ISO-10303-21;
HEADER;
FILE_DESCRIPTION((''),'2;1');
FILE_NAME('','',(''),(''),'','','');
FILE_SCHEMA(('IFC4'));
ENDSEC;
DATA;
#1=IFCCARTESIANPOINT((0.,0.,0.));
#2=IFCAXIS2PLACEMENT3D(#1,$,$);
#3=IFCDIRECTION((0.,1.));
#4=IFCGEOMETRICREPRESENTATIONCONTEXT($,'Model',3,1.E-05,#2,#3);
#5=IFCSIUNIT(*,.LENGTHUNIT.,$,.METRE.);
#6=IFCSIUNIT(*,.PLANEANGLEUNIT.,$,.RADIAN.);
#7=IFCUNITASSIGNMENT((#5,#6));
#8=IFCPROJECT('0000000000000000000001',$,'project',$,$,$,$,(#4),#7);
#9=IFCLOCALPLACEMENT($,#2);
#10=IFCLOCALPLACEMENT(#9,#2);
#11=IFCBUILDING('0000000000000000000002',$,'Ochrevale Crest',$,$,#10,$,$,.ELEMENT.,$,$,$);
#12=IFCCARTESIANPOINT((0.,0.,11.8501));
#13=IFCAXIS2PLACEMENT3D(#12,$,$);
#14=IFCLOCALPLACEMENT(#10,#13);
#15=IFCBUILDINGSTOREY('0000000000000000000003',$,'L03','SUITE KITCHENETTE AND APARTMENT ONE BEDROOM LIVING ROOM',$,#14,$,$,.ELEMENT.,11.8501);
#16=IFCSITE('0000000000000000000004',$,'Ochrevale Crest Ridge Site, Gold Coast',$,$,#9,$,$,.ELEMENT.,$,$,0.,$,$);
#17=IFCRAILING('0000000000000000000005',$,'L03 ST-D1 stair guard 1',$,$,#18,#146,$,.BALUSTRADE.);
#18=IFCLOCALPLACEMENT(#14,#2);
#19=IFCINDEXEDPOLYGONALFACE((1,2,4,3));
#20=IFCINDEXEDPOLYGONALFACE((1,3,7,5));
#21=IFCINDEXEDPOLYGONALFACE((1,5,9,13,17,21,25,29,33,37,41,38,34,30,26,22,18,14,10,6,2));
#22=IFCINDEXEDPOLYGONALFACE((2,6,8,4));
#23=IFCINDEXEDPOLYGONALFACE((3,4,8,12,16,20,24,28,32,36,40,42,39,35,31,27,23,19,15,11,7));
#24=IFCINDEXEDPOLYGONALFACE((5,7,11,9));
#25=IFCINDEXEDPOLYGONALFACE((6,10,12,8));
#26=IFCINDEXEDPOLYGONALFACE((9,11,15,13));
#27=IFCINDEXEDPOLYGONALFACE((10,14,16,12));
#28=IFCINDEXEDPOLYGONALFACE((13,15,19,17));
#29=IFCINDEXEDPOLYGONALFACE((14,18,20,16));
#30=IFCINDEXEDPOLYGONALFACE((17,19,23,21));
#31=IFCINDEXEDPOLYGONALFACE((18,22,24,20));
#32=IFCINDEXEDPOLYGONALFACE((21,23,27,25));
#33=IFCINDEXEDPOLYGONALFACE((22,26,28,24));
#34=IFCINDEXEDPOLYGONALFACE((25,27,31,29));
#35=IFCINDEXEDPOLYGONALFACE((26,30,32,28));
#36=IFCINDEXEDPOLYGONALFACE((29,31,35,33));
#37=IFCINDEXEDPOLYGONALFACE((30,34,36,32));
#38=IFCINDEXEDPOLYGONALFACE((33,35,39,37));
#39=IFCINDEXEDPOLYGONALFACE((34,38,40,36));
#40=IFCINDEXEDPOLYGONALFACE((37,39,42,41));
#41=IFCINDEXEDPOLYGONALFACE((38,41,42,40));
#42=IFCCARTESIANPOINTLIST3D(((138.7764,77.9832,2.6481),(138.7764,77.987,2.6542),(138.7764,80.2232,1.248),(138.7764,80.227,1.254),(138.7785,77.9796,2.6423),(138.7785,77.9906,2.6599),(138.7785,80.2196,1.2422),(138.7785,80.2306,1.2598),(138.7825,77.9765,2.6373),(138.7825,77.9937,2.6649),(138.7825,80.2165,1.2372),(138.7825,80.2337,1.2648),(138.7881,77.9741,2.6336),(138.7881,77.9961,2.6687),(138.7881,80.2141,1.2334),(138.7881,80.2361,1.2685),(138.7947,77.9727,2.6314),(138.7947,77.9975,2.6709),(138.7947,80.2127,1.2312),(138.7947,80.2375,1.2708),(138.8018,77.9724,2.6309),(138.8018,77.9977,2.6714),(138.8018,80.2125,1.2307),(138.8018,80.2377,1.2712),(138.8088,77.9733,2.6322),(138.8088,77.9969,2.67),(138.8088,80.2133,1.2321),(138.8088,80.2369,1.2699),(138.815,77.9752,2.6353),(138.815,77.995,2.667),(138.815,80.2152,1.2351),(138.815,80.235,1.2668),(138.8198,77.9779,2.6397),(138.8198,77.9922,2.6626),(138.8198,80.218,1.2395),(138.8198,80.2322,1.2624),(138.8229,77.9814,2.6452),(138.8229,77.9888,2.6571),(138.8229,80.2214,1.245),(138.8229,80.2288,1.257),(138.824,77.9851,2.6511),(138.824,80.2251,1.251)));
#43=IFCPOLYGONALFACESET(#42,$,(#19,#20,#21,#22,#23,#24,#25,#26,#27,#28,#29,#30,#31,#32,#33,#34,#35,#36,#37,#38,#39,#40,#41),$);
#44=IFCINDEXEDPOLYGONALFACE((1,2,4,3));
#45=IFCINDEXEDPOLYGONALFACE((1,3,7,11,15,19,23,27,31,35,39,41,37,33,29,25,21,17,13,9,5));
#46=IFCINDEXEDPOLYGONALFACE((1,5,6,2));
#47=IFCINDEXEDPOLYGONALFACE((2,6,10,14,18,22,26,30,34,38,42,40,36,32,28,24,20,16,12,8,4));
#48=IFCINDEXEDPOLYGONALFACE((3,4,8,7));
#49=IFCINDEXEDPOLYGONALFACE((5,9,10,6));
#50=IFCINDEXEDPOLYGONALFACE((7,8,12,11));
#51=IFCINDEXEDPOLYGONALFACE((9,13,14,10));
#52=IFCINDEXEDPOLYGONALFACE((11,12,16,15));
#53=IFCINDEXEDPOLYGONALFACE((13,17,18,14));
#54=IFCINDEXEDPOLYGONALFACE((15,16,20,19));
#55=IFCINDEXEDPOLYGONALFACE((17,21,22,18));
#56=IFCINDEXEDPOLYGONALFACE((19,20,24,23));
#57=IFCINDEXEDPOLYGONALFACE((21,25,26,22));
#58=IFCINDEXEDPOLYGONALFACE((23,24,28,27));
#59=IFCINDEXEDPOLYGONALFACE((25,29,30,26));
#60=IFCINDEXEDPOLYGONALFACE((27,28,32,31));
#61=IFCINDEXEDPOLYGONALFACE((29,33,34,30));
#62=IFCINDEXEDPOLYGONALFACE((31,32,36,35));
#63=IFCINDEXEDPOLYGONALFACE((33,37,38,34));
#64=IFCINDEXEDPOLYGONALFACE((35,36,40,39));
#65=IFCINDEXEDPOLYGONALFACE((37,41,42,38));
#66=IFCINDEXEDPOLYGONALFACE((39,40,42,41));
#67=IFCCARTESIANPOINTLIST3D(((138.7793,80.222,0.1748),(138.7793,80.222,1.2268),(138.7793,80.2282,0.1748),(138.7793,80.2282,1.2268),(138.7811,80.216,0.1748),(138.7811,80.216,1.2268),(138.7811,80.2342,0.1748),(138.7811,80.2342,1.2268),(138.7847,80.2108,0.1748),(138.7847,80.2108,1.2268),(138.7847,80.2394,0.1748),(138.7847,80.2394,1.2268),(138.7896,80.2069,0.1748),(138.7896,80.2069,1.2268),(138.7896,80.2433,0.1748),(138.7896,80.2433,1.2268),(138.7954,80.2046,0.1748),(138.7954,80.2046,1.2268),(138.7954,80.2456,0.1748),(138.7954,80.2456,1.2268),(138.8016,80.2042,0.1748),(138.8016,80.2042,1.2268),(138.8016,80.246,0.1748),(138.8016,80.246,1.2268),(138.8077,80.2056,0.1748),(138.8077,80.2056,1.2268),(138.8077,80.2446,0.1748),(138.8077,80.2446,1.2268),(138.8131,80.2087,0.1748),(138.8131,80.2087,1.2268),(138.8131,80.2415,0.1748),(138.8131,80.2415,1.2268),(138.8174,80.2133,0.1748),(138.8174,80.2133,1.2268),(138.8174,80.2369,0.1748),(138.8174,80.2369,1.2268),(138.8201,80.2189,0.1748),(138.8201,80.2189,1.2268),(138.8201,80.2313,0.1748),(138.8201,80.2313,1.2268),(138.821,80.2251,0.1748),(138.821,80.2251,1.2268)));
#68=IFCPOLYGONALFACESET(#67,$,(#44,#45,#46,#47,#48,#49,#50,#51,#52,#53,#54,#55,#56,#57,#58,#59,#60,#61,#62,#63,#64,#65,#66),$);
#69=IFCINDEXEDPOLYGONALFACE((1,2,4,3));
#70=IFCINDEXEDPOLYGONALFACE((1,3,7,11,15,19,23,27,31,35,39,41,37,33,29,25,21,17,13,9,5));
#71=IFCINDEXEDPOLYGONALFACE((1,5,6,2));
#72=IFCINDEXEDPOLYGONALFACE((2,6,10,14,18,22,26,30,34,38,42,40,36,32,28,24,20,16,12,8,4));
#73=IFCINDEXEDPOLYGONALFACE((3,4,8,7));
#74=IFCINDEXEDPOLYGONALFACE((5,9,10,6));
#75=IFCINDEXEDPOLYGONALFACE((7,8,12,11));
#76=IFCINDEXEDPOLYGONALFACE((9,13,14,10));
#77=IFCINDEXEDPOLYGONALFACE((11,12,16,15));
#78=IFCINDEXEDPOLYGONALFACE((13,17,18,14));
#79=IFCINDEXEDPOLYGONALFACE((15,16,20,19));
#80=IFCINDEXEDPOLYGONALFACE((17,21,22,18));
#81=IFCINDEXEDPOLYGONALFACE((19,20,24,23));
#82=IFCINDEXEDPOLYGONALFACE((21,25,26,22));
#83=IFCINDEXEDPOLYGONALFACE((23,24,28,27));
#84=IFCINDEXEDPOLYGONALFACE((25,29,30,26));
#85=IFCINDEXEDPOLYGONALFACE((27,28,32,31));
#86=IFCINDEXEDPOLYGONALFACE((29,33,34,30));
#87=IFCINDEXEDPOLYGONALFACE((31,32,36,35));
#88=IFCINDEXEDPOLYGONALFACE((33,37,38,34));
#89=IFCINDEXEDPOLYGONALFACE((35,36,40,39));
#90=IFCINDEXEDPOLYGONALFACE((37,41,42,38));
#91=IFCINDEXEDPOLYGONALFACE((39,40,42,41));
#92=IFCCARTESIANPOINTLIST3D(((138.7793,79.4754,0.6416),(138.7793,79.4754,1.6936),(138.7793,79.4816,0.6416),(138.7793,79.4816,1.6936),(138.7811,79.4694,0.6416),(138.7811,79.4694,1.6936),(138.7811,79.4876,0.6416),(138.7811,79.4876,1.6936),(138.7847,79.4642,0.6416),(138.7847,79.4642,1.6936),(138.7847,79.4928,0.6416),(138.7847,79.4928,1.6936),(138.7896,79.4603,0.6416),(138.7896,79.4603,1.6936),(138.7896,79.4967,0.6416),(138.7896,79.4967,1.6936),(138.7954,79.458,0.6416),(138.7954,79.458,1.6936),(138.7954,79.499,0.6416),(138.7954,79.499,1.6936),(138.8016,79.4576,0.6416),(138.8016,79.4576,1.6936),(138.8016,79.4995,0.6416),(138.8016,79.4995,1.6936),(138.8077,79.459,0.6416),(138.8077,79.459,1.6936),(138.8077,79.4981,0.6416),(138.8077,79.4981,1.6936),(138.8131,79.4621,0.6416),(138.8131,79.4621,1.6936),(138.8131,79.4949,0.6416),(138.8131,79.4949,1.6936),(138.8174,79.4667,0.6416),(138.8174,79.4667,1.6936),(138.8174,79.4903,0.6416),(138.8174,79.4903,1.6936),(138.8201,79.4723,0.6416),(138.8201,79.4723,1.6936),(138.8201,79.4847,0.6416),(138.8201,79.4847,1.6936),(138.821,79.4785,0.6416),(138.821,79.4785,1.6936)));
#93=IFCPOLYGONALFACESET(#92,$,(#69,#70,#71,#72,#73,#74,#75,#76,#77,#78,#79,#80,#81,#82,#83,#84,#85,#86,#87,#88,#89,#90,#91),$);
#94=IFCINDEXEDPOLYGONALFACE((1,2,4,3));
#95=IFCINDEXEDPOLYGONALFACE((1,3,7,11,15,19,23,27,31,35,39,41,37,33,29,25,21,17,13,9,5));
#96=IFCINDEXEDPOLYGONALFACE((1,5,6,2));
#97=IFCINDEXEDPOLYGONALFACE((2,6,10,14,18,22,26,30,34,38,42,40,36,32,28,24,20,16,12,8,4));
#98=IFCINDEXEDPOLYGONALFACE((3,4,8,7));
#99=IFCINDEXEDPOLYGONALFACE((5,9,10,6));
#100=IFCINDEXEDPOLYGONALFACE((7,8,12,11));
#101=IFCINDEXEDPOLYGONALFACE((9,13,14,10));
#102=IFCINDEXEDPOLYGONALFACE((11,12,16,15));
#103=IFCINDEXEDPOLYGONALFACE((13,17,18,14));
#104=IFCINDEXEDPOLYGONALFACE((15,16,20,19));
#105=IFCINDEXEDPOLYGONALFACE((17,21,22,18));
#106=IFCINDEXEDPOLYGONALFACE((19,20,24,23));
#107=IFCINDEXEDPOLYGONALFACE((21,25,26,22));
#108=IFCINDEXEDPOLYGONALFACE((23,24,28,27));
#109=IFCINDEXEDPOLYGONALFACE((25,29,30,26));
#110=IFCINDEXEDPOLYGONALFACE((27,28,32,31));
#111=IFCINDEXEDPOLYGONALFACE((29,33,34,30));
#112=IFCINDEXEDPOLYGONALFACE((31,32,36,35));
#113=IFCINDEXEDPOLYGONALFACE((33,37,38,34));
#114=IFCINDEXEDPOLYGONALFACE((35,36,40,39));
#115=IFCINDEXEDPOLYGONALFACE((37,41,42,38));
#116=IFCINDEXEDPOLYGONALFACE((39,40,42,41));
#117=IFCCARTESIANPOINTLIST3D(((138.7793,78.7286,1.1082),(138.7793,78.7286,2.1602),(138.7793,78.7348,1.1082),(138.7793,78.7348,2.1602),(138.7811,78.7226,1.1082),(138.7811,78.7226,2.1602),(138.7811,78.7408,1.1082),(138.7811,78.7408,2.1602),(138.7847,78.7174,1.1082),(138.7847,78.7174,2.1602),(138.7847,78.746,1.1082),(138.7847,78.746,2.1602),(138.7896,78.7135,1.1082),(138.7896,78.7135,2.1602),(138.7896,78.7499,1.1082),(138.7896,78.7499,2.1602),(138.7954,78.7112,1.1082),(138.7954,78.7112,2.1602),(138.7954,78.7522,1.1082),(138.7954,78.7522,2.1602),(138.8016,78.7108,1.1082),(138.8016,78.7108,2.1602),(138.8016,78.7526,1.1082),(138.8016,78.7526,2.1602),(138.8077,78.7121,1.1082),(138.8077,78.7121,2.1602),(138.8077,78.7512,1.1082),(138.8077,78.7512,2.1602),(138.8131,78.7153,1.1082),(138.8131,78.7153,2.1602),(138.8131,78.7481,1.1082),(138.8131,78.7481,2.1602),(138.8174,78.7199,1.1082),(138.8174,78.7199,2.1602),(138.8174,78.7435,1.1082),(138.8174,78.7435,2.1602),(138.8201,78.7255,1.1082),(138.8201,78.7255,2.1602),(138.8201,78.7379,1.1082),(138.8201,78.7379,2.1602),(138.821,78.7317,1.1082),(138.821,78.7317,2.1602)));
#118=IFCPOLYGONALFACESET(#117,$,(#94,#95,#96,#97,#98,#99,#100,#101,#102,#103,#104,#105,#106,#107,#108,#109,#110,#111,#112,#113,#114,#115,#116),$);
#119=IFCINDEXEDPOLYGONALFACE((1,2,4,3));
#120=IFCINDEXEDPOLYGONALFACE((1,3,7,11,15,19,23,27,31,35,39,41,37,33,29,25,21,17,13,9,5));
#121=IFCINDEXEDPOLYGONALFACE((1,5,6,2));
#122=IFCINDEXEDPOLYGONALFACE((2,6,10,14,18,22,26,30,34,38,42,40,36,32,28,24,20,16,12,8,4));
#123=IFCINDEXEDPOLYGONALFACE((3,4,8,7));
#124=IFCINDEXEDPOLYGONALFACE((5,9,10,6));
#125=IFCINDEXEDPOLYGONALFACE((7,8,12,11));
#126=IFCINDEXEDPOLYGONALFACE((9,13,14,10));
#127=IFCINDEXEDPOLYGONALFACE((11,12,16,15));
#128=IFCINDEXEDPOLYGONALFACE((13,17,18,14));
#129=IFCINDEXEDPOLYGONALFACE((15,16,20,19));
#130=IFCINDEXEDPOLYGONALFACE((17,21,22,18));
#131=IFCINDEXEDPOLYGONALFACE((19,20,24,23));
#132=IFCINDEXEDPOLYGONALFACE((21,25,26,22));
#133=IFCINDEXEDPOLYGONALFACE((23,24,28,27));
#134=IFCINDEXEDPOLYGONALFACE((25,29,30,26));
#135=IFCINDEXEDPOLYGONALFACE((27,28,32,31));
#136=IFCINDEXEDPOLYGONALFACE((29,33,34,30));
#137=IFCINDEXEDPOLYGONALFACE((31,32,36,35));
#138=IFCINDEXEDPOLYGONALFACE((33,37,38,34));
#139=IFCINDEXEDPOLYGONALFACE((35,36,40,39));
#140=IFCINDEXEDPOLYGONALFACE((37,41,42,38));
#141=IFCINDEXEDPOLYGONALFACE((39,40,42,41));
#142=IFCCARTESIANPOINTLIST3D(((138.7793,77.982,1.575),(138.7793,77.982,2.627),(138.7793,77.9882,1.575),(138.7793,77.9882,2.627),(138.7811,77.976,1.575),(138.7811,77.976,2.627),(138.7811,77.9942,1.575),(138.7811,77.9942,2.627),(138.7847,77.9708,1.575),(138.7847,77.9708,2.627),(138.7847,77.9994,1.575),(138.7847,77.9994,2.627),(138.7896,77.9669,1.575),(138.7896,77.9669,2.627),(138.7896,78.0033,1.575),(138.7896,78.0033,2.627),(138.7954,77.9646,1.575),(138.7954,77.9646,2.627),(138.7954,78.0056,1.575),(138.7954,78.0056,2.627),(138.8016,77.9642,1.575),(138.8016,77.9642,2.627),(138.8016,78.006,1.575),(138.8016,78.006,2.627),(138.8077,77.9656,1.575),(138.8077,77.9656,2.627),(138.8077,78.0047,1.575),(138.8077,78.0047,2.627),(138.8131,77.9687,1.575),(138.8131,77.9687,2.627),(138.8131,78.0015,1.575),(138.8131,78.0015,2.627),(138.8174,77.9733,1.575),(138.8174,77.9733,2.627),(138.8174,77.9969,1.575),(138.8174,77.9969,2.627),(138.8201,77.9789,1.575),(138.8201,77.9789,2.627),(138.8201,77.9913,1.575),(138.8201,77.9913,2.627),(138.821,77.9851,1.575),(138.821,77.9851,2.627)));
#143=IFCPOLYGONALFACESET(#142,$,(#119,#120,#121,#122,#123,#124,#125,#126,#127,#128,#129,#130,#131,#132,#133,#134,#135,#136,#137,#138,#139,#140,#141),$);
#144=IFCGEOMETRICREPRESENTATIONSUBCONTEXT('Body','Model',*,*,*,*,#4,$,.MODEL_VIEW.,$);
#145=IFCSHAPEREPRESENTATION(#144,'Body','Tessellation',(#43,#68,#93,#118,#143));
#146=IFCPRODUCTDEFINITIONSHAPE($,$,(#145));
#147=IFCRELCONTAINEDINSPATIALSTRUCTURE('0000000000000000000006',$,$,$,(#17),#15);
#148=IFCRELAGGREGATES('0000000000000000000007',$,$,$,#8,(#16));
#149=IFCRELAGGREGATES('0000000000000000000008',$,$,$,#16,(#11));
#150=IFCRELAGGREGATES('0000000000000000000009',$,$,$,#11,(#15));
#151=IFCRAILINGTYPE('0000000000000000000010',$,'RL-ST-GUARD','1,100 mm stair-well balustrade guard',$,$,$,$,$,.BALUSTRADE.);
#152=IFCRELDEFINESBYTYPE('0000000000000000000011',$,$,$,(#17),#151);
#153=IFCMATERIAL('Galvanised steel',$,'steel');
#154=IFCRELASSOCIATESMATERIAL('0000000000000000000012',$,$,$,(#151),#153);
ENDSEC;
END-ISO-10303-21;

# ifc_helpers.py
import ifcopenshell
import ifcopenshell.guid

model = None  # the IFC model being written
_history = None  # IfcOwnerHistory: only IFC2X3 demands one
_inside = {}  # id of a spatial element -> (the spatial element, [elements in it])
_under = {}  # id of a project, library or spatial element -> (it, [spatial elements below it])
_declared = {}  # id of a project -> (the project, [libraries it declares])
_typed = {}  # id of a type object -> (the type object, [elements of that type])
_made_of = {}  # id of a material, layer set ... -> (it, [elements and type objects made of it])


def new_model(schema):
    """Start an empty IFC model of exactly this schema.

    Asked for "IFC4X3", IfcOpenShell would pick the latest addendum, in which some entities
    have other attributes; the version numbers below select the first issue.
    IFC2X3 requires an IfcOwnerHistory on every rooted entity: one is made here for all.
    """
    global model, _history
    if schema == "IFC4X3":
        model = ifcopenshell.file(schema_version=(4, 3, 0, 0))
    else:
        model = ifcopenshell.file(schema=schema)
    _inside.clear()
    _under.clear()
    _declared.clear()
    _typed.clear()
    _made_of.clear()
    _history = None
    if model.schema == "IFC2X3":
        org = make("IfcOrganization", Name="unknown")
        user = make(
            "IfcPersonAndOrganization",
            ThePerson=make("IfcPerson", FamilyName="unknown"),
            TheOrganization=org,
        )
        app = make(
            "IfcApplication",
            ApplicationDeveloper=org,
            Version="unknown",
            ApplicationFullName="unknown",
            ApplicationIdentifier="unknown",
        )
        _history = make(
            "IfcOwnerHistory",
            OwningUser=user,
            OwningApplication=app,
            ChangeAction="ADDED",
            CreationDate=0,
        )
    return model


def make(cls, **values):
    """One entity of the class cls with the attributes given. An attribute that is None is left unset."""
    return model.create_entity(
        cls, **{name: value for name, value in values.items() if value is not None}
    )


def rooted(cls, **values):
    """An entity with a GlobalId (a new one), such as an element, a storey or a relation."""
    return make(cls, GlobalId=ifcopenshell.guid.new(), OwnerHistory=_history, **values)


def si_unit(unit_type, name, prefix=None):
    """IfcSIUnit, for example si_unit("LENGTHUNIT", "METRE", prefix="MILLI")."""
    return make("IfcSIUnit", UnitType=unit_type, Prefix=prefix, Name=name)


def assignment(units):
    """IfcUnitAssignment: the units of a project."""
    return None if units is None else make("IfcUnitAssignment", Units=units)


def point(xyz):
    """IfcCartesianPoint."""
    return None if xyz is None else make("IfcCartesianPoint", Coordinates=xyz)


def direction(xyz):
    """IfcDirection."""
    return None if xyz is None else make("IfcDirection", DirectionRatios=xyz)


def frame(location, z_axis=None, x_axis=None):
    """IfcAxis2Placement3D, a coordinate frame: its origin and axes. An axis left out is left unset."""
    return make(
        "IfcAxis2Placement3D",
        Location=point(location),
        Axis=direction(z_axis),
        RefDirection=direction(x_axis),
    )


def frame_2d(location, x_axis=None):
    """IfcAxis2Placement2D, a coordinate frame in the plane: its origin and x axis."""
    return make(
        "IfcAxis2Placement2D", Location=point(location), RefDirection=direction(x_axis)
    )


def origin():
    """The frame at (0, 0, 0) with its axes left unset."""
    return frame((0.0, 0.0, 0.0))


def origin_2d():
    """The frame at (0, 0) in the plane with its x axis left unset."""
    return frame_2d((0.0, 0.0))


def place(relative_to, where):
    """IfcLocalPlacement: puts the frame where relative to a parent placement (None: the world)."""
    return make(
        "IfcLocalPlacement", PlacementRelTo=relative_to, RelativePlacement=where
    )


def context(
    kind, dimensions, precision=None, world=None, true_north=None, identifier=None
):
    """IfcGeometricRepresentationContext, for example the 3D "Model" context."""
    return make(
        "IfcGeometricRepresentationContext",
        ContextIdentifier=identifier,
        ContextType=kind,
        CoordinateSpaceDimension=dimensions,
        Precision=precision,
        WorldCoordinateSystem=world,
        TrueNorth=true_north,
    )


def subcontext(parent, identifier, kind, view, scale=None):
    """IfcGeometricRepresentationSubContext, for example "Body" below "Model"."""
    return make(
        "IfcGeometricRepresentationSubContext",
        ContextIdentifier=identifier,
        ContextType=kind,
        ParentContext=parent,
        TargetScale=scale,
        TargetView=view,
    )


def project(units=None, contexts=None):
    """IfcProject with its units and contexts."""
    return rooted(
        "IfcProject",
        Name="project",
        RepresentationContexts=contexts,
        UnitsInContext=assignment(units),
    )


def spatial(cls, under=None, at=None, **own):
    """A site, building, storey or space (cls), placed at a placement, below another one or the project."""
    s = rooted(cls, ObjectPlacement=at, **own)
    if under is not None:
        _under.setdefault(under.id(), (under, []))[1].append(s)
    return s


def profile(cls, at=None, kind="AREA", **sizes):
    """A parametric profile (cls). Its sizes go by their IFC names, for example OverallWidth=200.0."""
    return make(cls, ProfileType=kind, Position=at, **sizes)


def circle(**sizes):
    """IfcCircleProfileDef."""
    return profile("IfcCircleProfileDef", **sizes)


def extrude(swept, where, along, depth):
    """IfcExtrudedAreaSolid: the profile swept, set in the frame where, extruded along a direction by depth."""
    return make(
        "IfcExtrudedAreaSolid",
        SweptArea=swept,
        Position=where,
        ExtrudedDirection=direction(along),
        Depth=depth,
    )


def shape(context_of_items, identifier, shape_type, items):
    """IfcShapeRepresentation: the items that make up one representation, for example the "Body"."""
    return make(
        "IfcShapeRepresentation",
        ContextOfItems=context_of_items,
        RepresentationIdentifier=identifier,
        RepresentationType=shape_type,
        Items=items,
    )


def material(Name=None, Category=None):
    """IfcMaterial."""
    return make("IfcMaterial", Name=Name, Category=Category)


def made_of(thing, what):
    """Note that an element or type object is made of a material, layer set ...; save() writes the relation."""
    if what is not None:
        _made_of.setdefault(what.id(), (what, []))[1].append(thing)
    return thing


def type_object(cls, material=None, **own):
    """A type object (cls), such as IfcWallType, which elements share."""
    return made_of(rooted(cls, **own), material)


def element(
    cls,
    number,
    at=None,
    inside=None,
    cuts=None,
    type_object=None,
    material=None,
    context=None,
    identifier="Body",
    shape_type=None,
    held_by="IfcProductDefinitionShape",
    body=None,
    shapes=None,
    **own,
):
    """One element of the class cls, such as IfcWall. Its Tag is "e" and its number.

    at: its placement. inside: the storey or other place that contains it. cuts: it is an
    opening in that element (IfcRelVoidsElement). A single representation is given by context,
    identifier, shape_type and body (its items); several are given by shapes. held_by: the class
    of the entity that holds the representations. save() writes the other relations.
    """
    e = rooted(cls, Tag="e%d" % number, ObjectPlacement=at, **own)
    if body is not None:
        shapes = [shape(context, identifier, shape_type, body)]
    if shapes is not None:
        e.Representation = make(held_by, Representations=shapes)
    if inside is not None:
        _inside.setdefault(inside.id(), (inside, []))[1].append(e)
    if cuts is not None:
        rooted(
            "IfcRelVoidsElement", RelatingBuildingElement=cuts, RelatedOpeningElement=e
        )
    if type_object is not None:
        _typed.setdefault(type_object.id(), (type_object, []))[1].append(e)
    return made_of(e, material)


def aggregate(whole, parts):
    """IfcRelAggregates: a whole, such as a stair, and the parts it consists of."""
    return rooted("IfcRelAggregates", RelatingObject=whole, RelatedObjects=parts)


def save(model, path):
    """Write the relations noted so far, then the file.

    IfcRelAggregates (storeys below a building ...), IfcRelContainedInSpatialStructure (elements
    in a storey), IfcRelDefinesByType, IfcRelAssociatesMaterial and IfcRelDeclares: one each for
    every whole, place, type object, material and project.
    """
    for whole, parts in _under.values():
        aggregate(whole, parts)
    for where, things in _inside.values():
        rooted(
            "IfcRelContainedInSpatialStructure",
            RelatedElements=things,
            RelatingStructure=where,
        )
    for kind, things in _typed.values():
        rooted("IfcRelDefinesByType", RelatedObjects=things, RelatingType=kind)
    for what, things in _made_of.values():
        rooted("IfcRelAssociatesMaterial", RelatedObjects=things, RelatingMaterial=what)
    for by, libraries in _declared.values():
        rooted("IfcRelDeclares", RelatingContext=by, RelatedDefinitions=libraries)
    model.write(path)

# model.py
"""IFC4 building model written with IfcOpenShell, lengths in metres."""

from ifc_helpers import new_model, si_unit, direction, frame, origin, origin_2d, place, context, subcontext, project, spatial, circle, extrude, material, type_object, element, save


model = new_model("IFC4")

# Units and contexts
model_context = context("Model", 3, precision=1e-05, world=origin(), true_north=direction((0.0, 1.0)))
body_context = subcontext(model_context, "Body", "Model", "MODEL_VIEW")
ifc_project = project(units=[si_unit("LENGTHUNIT", "METRE"), si_unit("PLANEANGLEUNIT", "RADIAN")], contexts=[model_context])

# Site, building, storey
site_placement = place(None, origin())
site = spatial("IfcSite", under=ifc_project, at=site_placement, Name="Ochrevale Crest Ridge Site, Gold Coast", CompositionType="ELEMENT", RefElevation=0.0)
building_placement = place(site_placement, origin())
building = spatial("IfcBuilding", under=site, at=building_placement, Name="Ochrevale Crest", CompositionType="ELEMENT")
storey_placement = place(building_placement, frame((0.0, 0.0, 11.8501)))
storey = spatial("IfcBuildingStorey", under=building, at=storey_placement, Name="L03", Description="SUITE KITCHENETTE AND APARTMENT ONE BEDROOM LIVING ROOM", CompositionType="ELEMENT", Elevation=11.8501)

# Railing
ifc_material_1 = material(Name="Galvanised steel", Category="steel")
railing_type_1 = type_object("IfcRailingType", Name="RL-ST-GUARD", Description="1,100 mm stair-well balustrade guard", PredefinedType="BALUSTRADE", material=ifc_material_1)
railing_1_placement = place(storey_placement, frame((138.8, 80.2251, 0.1748)))
element("IfcRailing", 1, at=railing_1_placement, inside=storey, type_object=railing_type_1, Name="L03 ST-D1 stair guard 1", PredefinedType="BALUSTRADE", context=body_context, shape_type="SweptSolid", body=[
    extrude(circle(Radius=0.0239, at=origin_2d()), frame((0.0, 0.0, 1.0762), z_axis=(0.0, -0.847972, 0.53004), x_axis=(1.0, 0.0, 0.0)), (0.0, 0.0, 1.0), 2.6416),
    extrude(circle(Radius=0.021, at=origin_2d()), origin(), (0.0, 0.0, 1.0), 1.052),
    extrude(circle(Radius=0.021, at=origin_2d()), frame((0.0, -0.7466, 0.4668)), (0.0, 0.0, 1.0), 1.052),
    extrude(circle(Radius=0.021, at=origin_2d()), frame((0.0, -1.4934, 0.9333)), (0.0, 0.0, 1.0), 1.052),
    extrude(circle(Radius=0.021, at=origin_2d()), frame((0.0, -2.24, 1.4001)), (0.0, 0.0, 1.0), 1.052),
])

save(model, "model.ifc")
